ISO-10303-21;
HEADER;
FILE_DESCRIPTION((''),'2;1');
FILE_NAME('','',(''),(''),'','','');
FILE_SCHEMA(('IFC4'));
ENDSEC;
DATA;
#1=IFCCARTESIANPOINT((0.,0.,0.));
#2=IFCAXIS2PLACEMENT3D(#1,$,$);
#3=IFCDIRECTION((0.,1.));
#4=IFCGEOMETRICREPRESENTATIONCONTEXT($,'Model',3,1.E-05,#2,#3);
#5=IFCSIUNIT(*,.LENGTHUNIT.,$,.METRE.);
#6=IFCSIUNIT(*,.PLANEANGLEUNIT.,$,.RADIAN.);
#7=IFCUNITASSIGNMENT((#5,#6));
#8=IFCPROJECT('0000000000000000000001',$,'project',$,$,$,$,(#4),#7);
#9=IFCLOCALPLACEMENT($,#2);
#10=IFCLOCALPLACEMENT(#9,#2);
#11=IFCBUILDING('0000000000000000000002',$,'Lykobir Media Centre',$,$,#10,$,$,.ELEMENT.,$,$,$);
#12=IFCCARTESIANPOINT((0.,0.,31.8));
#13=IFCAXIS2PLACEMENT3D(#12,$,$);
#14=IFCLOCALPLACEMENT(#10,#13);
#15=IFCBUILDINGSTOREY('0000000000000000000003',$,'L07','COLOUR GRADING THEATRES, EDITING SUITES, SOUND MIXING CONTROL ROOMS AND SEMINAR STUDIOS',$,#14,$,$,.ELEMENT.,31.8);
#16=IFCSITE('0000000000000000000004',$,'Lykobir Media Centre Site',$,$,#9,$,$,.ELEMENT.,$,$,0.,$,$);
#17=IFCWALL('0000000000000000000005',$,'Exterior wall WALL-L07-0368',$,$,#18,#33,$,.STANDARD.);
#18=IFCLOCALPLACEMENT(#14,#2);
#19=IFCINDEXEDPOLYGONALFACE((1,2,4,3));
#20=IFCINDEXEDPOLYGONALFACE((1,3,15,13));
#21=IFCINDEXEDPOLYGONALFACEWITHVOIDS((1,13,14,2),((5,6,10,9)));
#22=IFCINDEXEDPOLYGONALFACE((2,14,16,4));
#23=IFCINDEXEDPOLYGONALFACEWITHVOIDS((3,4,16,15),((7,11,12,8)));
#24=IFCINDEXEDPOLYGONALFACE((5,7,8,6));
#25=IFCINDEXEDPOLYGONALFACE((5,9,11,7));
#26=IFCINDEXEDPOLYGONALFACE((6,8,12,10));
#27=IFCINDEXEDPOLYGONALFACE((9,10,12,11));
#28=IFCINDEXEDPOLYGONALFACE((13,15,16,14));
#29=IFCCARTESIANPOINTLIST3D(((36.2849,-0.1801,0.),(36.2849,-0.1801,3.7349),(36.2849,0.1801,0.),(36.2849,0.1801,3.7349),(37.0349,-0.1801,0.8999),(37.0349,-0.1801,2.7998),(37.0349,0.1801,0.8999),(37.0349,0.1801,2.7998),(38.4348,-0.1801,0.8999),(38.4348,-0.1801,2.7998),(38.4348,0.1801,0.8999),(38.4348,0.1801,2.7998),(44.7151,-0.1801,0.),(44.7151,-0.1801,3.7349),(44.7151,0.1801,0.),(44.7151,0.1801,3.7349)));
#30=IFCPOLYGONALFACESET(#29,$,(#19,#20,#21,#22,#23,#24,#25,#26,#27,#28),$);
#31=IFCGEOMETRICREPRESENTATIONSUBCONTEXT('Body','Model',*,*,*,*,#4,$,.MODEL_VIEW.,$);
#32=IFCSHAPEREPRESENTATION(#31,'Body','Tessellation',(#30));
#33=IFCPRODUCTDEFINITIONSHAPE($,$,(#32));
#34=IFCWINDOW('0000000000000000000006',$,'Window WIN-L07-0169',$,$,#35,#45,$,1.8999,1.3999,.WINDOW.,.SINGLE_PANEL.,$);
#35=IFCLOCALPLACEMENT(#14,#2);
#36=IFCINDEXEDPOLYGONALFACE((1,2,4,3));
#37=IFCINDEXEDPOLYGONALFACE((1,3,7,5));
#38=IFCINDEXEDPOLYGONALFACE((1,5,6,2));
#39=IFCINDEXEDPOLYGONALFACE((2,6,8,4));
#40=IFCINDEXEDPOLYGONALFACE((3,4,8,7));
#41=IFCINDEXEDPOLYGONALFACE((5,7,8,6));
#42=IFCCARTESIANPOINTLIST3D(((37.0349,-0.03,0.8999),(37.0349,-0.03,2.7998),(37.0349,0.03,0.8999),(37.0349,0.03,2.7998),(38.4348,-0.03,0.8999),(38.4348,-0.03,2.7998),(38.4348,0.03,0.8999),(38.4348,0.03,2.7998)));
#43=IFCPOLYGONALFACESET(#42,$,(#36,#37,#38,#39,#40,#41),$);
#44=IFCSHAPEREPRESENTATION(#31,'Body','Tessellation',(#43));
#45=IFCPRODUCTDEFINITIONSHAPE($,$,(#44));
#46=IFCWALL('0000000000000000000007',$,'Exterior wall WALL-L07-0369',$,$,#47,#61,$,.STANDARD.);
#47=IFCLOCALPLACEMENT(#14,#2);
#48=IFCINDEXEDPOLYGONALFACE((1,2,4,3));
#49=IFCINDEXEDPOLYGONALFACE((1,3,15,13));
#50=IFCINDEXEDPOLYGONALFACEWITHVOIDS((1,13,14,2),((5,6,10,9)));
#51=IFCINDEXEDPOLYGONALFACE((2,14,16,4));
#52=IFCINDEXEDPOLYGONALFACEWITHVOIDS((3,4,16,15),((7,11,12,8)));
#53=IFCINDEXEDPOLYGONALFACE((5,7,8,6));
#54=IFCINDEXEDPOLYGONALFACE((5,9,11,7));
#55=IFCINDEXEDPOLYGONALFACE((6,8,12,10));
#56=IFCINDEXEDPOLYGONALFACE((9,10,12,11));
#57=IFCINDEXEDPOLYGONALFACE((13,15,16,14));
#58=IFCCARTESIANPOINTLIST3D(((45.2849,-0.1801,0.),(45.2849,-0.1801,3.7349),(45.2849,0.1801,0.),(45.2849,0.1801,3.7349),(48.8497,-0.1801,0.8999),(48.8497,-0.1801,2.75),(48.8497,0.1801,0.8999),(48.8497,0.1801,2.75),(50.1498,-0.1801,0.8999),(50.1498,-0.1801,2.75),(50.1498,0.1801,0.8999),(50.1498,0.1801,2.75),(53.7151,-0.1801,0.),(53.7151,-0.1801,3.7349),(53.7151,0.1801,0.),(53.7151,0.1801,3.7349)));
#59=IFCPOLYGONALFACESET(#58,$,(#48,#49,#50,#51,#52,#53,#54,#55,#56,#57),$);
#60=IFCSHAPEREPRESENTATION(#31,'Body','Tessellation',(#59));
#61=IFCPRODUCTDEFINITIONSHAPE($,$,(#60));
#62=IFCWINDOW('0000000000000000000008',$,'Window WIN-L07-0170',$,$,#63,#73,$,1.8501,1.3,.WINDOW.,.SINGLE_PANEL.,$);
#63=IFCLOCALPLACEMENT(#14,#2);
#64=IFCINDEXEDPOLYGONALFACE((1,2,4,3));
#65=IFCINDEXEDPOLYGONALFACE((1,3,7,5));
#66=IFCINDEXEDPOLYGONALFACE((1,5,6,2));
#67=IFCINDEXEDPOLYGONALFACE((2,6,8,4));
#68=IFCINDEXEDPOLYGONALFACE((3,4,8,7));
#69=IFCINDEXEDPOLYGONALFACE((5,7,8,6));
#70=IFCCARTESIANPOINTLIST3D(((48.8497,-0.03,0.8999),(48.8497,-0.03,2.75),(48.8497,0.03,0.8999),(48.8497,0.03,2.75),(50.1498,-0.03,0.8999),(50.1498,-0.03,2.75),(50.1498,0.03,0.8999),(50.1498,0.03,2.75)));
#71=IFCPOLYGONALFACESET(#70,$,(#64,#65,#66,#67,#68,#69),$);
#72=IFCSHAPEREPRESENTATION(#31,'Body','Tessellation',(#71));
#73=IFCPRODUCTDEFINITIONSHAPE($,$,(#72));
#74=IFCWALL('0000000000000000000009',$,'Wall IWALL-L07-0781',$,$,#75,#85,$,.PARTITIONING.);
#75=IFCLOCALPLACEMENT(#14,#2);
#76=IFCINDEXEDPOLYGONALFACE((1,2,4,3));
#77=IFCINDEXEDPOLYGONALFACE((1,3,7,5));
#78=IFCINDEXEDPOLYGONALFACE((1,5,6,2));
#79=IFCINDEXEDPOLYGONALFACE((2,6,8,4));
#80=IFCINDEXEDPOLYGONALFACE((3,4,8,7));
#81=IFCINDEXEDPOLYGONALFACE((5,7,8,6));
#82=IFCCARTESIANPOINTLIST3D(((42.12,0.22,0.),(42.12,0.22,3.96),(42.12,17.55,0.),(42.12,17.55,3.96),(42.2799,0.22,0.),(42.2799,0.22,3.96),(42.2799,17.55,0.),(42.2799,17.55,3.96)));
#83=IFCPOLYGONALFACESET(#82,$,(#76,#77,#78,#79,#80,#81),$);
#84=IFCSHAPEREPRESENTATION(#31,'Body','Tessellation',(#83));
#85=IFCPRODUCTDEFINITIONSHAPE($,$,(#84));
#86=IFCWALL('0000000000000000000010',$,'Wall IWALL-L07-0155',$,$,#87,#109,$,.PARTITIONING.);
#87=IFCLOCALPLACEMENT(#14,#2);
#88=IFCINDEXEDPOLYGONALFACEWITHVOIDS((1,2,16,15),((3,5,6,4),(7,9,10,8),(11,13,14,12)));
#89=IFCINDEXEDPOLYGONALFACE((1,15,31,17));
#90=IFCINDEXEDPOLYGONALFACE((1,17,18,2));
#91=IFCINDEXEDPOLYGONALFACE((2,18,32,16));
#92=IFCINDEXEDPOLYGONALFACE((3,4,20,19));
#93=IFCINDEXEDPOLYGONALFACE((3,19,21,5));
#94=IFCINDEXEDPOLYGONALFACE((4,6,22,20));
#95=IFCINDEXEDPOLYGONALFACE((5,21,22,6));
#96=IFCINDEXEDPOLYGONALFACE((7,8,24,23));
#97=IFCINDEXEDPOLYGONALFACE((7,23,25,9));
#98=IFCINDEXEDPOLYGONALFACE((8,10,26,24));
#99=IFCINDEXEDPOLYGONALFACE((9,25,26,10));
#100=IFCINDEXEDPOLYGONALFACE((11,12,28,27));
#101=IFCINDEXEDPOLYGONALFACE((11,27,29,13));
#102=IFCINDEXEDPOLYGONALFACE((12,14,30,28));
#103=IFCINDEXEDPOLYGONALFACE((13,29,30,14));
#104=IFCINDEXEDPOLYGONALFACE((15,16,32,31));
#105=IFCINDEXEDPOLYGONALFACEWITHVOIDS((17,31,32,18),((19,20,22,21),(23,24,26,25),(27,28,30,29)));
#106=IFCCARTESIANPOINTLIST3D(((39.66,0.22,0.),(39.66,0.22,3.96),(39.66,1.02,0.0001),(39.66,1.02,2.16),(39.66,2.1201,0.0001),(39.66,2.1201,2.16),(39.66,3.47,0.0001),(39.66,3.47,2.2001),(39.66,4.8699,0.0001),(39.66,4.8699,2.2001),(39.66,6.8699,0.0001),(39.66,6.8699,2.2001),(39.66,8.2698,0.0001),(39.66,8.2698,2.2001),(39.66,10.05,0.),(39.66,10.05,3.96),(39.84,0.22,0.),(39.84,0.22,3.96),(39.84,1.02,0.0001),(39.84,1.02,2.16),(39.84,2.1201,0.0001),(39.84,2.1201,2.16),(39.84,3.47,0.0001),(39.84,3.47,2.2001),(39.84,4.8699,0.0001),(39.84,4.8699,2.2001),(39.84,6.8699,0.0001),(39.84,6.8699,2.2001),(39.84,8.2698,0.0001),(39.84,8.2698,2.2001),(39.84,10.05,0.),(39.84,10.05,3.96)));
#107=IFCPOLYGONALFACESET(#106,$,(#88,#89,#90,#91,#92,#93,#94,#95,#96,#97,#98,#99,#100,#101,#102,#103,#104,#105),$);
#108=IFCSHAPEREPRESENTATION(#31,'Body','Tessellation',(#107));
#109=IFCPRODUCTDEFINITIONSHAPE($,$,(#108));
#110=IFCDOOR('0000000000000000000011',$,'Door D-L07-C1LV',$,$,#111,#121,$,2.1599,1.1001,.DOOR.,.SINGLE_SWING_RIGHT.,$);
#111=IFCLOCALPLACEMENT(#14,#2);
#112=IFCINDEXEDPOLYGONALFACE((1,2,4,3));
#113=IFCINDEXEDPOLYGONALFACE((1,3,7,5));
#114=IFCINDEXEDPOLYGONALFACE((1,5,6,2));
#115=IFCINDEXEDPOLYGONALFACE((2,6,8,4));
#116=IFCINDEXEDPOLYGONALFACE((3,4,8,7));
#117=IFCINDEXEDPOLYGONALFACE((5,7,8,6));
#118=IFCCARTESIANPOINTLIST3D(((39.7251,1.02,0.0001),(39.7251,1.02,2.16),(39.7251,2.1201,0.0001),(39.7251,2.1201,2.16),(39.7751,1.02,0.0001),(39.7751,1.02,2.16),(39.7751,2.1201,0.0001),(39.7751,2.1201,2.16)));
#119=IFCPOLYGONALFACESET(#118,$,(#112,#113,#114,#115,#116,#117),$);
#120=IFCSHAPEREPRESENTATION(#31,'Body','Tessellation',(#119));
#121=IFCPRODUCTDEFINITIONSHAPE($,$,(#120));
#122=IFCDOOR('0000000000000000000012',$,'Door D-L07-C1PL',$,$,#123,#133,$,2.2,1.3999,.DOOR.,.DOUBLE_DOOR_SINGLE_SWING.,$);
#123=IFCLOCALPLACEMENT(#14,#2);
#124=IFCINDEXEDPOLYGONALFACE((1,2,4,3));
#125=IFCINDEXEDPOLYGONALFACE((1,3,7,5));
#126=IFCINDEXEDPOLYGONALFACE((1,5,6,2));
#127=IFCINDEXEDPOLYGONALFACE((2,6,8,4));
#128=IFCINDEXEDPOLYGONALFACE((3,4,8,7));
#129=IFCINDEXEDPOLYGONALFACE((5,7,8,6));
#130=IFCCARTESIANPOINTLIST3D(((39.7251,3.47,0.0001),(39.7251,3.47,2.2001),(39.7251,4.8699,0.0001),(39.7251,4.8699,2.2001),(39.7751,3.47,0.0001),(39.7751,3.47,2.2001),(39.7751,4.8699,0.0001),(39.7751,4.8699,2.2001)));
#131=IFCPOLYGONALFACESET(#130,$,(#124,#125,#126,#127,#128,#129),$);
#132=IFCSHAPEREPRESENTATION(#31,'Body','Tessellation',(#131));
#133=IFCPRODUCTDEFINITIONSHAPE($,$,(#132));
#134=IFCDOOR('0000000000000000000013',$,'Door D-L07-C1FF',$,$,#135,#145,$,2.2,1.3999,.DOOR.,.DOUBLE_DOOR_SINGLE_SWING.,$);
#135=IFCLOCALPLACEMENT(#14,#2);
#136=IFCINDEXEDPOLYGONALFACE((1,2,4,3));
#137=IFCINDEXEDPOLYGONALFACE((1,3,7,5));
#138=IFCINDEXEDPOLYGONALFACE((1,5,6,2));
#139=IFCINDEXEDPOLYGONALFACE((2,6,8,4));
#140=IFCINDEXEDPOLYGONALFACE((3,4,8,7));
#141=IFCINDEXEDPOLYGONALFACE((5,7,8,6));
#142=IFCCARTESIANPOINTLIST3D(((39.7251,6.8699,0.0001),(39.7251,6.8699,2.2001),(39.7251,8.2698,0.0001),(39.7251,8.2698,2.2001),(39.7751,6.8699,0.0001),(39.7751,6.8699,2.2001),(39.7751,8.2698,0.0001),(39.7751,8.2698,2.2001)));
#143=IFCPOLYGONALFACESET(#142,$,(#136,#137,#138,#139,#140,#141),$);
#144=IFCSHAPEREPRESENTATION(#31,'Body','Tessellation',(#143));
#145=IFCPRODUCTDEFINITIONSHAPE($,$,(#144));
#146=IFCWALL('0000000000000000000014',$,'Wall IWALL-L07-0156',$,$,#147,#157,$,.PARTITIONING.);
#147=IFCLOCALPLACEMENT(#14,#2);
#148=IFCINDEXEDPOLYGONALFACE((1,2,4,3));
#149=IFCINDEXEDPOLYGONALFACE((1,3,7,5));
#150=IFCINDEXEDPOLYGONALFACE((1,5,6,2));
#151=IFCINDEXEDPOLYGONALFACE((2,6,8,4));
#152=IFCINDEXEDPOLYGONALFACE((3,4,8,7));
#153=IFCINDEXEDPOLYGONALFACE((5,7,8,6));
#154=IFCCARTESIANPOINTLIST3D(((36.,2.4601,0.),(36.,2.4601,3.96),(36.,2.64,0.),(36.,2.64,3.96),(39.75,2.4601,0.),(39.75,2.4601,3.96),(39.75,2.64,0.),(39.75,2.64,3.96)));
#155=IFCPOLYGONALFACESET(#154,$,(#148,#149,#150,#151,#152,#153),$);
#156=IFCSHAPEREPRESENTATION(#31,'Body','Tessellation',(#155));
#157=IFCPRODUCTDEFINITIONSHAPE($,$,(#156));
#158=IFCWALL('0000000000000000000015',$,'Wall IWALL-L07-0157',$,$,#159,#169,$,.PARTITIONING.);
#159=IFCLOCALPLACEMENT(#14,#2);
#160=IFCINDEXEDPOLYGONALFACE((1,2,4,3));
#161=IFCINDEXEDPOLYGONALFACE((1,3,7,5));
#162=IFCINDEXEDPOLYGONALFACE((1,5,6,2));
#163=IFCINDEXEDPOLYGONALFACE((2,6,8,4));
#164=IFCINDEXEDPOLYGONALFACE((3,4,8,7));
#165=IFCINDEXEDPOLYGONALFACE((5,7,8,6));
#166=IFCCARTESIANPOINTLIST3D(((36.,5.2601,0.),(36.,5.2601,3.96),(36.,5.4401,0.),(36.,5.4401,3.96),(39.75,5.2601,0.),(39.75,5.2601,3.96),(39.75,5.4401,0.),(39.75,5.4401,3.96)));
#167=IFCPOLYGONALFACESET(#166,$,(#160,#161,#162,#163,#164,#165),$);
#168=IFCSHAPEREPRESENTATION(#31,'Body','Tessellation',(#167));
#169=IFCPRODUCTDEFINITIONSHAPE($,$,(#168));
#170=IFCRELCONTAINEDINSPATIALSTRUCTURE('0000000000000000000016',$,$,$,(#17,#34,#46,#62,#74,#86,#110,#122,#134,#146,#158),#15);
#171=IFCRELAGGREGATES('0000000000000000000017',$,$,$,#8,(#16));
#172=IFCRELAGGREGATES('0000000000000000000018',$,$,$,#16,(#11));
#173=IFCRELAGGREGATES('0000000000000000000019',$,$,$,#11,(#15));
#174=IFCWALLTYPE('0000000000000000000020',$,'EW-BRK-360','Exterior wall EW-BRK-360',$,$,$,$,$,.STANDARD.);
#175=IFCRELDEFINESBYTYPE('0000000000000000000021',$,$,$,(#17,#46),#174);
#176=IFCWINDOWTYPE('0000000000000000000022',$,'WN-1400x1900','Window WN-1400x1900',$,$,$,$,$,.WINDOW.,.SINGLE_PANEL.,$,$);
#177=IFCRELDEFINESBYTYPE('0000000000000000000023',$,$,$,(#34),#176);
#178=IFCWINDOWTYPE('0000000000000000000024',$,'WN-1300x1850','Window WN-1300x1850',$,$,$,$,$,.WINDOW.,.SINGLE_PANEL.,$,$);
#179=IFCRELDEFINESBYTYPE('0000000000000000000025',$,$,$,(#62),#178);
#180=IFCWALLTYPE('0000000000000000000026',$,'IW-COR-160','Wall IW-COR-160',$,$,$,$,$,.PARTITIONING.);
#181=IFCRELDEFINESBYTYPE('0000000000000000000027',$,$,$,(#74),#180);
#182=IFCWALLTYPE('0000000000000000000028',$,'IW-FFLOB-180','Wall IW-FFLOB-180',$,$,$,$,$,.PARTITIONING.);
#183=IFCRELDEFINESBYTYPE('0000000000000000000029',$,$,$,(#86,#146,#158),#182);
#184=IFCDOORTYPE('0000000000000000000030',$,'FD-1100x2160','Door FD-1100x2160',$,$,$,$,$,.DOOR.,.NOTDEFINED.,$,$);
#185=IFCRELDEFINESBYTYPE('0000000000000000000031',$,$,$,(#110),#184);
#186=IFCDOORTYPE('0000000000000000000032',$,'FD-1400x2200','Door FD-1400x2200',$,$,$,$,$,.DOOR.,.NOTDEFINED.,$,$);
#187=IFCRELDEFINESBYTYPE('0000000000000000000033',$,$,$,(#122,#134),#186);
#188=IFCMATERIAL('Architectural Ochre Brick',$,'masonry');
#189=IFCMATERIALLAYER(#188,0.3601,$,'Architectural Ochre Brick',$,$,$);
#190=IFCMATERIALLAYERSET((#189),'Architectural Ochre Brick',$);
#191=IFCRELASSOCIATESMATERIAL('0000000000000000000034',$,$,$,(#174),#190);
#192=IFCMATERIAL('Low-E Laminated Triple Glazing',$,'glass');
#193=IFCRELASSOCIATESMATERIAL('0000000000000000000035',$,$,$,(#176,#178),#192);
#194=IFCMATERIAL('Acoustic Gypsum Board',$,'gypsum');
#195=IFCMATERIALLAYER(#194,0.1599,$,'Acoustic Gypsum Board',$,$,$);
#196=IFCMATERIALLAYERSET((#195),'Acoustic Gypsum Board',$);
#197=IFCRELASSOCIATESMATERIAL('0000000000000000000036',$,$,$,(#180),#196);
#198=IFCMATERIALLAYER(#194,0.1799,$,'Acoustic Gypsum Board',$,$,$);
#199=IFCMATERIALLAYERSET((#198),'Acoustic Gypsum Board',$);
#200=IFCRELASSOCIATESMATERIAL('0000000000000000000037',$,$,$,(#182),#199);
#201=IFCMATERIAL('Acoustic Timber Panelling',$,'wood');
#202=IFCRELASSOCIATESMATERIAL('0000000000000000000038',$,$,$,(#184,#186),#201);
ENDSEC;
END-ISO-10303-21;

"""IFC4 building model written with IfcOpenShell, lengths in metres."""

from ifc_helpers import new_model, si_unit, direction, frame, frame_2d, origin, place, context, subcontext, project, spatial, rectangle, extrude, material, layer, layer_set, type_object, element, fill, save


model = new_model("IFC4")

# Units and contexts
model_context = context("Model", 3, precision=1e-05, world=origin(), true_north=direction((0.0, 1.0)))
body_context = subcontext(model_context, "Body", "Model", "MODEL_VIEW")
ifc_project = project(units=[si_unit("LENGTHUNIT", "METRE"), si_unit("PLANEANGLEUNIT", "RADIAN")], contexts=[model_context])

# Site, building, storey
site_placement = place(None, origin())
site = spatial("IfcSite", under=ifc_project, at=site_placement, Name="Lykobir Media Centre Site", CompositionType="ELEMENT", RefElevation=0.0)
building_placement = place(site_placement, origin())
building = spatial("IfcBuilding", under=site, at=building_placement, Name="Lykobir Media Centre", CompositionType="ELEMENT")
storey_placement = place(building_placement, frame((0.0, 0.0, 31.8)))
storey = spatial("IfcBuildingStorey", under=building, at=storey_placement, Name="L07", Description="COLOUR GRADING THEATRES, EDITING SUITES, SOUND MIXING CONTROL ROOMS AND SEMINAR STUDIOS", CompositionType="ELEMENT", Elevation=31.8)

# Walls, openings, windows
ifc_material_1 = material(Name="Architectural Ochre Brick", Category="masonry")
ifc_layer_1 = layer(ifc_material_1, 0.3601, Name="Architectural Ochre Brick")
ifc_layer_set_1 = layer_set([ifc_layer_1], Name="Architectural Ochre Brick")
wall_type_1 = type_object("IfcWallType", Name="EW-BRK-360", Description="Exterior wall EW-BRK-360", PredefinedType="STANDARD", material=ifc_layer_set_1)
wall_1_placement = place(storey_placement, frame((36.2849, 0.0, 0.0), z_axis=(0.0, 0.0, 1.0), x_axis=(1.0, 0.0, 0.0)))
wall_1 = element("IfcWall", 1, at=wall_1_placement, inside=storey, type_object=wall_type_1, Name="Exterior wall WALL-L07-0368", PredefinedType="STANDARD", context=body_context, shape_type="SweptSolid", body=[
    extrude(rectangle(XDim=8.4302, YDim=0.3601, at=frame_2d((4.2151, 0.0))), origin(), (0.0, 0.0, 1.0), 3.7349),
])
opening_1_placement = place(wall_1_placement, frame((0.75, 0.0, 0.8999)))
opening_1 = element("IfcOpeningElement", 2, at=opening_1_placement, cuts=wall_1, PredefinedType="OPENING", context=body_context, shape_type="SweptSolid", body=[
    extrude(rectangle(XDim=1.3999, YDim=1.8999, at=frame_2d((0.7, 0.95))), frame((0.0, 0.1899, 0.0), z_axis=(0.0, -1.0, 0.0), x_axis=(1.0, 0.0, 0.0)), (0.0, 0.0, 1.0), 0.3801),
])
ifc_material_2 = material(Name="Low-E Laminated Triple Glazing", Category="glass")
window_type_1 = type_object("IfcWindowType", Name="WN-1400x1900", Description="Window WN-1400x1900", PartitioningType="SINGLE_PANEL", PredefinedType="WINDOW", material=ifc_material_2)
window_1_placement = place(opening_1_placement, origin())
window_1 = element("IfcWindow", 3, at=window_1_placement, inside=storey, type_object=window_type_1, Name="Window WIN-L07-0169", OverallHeight=1.8999, OverallWidth=1.3999, PartitioningType="SINGLE_PANEL", PredefinedType="WINDOW", context=body_context, shape_type="SweptSolid", body=[
    extrude(rectangle(XDim=1.3999, YDim=1.8999, at=frame_2d((0.7, 0.95))), frame((0.0, 0.03, 0.0), z_axis=(0.0, -1.0, 0.0), x_axis=(1.0, 0.0, 0.0)), (0.0, 0.0, 1.0), 0.0601),
])
fill(opening_1, window_1)
wall_2_placement = place(storey_placement, frame((45.2849, 0.0, 0.0), z_axis=(0.0, 0.0, 1.0), x_axis=(1.0, 0.0, 0.0)))
wall_2 = element("IfcWall", 4, at=wall_2_placement, inside=storey, type_object=wall_type_1, Name="Exterior wall WALL-L07-0369", PredefinedType="STANDARD", context=body_context, shape_type="SweptSolid", body=[
    extrude(rectangle(XDim=8.4302, YDim=0.3601, at=frame_2d((4.2151, 0.0))), origin(), (0.0, 0.0, 1.0), 3.7349),
])
opening_2_placement = place(wall_2_placement, frame((3.5649, 0.0, 0.8999)))
opening_2 = element("IfcOpeningElement", 5, at=opening_2_placement, cuts=wall_2, PredefinedType="OPENING", context=body_context, shape_type="SweptSolid", body=[
    extrude(rectangle(XDim=1.3, YDim=1.8501, at=frame_2d((0.6499, 0.925))), frame((0.0, 0.1899, 0.0), z_axis=(0.0, -1.0, 0.0), x_axis=(1.0, 0.0, 0.0)), (0.0, 0.0, 1.0), 0.3801),
])
window_type_2 = type_object("IfcWindowType", Name="WN-1300x1850", Description="Window WN-1300x1850", PartitioningType="SINGLE_PANEL", PredefinedType="WINDOW", material=ifc_material_2)
window_2_placement = place(opening_2_placement, origin())
window_2 = element("IfcWindow", 6, at=window_2_placement, inside=storey, type_object=window_type_2, Name="Window WIN-L07-0170", OverallHeight=1.8501, OverallWidth=1.3, PartitioningType="SINGLE_PANEL", PredefinedType="WINDOW", context=body_context, shape_type="SweptSolid", body=[
    extrude(rectangle(XDim=1.3, YDim=1.8501, at=frame_2d((0.6499, 0.925))), frame((0.0, 0.03, 0.0), z_axis=(0.0, -1.0, 0.0), x_axis=(1.0, 0.0, 0.0)), (0.0, 0.0, 1.0), 0.0601),
])
fill(opening_2, window_2)

# Wall
ifc_material_3 = material(Name="Acoustic Gypsum Board", Category="gypsum")
ifc_layer_2 = layer(ifc_material_3, 0.1599, Name="Acoustic Gypsum Board")
ifc_layer_set_2 = layer_set([ifc_layer_2], Name="Acoustic Gypsum Board")
wall_type_2 = type_object("IfcWallType", Name="IW-COR-160", Description="Wall IW-COR-160", PredefinedType="PARTITIONING", material=ifc_layer_set_2)
wall_3_placement = place(storey_placement, frame((42.2, 0.22, 0.0), z_axis=(0.0, 0.0, 1.0), x_axis=(0.0, 1.0, 0.0)))
element("IfcWall", 7, at=wall_3_placement, inside=storey, type_object=wall_type_2, Name="Wall IWALL-L07-0781", PredefinedType="PARTITIONING", context=body_context, shape_type="SweptSolid", body=[
    extrude(rectangle(XDim=17.3301, YDim=0.1599, at=frame_2d((8.665, 0.0))), origin(), (0.0, 0.0, 1.0), 3.96),
])

# Wall, openings, doors
ifc_layer_3 = layer(ifc_material_3, 0.1799, Name="Acoustic Gypsum Board")
ifc_layer_set_3 = layer_set([ifc_layer_3], Name="Acoustic Gypsum Board")
wall_type_3 = type_object("IfcWallType", Name="IW-FFLOB-180", Description="Wall IW-FFLOB-180", PredefinedType="PARTITIONING", material=ifc_layer_set_3)
wall_4_placement = place(storey_placement, frame((39.75, 0.22, 0.0), z_axis=(0.0, 0.0, 1.0), x_axis=(0.0, 1.0, 0.0)))
wall_4 = element("IfcWall", 8, at=wall_4_placement, inside=storey, type_object=wall_type_3, Name="Wall IWALL-L07-0155", PredefinedType="PARTITIONING", context=body_context, shape_type="SweptSolid", body=[
    extrude(rectangle(XDim=9.8301, YDim=0.1799, at=frame_2d((4.915, 0.0))), origin(), (0.0, 0.0, 1.0), 3.96),
])
opening_3_placement = place(wall_4_placement, frame((0.8, 0.0, 0.0)))
opening_3 = element("IfcOpeningElement", 9, at=opening_3_placement, cuts=wall_4, PredefinedType="OPENING", context=body_context, shape_type="SweptSolid", body=[
    extrude(rectangle(XDim=1.1001, YDim=2.1599, at=frame_2d((0.55, 1.0801))), frame((0.0, 0.0999, 0.0), z_axis=(0.0, -1.0, 0.0), x_axis=(1.0, 0.0, 0.0)), (0.0, 0.0, 1.0), 0.2),
])
opening_4_placement = place(wall_4_placement, frame((3.25, 0.0, 0.0)))
opening_4 = element("IfcOpeningElement", 10, at=opening_4_placement, cuts=wall_4, PredefinedType="OPENING", context=body_context, shape_type="SweptSolid", body=[
    extrude(rectangle(XDim=1.3999, YDim=2.2, at=frame_2d((0.7, 1.1001))), frame((0.0, 0.0999, 0.0), z_axis=(0.0, -1.0, 0.0), x_axis=(1.0, 0.0, 0.0)), (0.0, 0.0, 1.0), 0.2),
])
opening_5_placement = place(wall_4_placement, frame((6.6499, 0.0, 0.0)))
opening_5 = element("IfcOpeningElement", 11, at=opening_5_placement, cuts=wall_4, PredefinedType="OPENING", context=body_context, shape_type="SweptSolid", body=[
    extrude(rectangle(XDim=1.3999, YDim=2.2, at=frame_2d((0.7, 1.1001))), frame((0.0, 0.0999, 0.0), z_axis=(0.0, -1.0, 0.0), x_axis=(1.0, 0.0, 0.0)), (0.0, 0.0, 1.0), 0.2),
])
ifc_material_4 = material(Name="Acoustic Timber Panelling", Category="wood")
door_type_1 = type_object("IfcDoorType", Name="FD-1100x2160", Description="Door FD-1100x2160", OperationType="NOTDEFINED", PredefinedType="DOOR", material=ifc_material_4)
door_1_placement = place(opening_3_placement, origin())
door_1 = element("IfcDoor", 12, at=door_1_placement, inside=storey, type_object=door_type_1, Name="Door D-L07-C1LV", OperationType="SINGLE_SWING_RIGHT", OverallHeight=2.1599, OverallWidth=1.1001, PredefinedType="DOOR", context=body_context, shape_type="SweptSolid", body=[
    extrude(rectangle(XDim=1.1001, YDim=2.1599, at=frame_2d((0.55, 1.0801))), frame((0.0, 0.0249, 0.0), z_axis=(0.0, -1.0, 0.0), x_axis=(1.0, 0.0, 0.0)), (0.0, 0.0, 1.0), 0.05),
])
fill(opening_3, door_1)
door_type_2 = type_object("IfcDoorType", Name="FD-1400x2200", Description="Door FD-1400x2200", OperationType="NOTDEFINED", PredefinedType="DOOR", material=ifc_material_4)
door_2_placement = place(opening_4_placement, origin())
door_2 = element("IfcDoor", 13, at=door_2_placement, inside=storey, type_object=door_type_2, Name="Door D-L07-C1PL", OperationType="DOUBLE_DOOR_SINGLE_SWING", OverallHeight=2.2, OverallWidth=1.3999, PredefinedType="DOOR", context=body_context, shape_type="SweptSolid", body=[
    extrude(rectangle(XDim=1.3999, YDim=2.2, at=frame_2d((0.7, 1.1001))), frame((0.0, 0.0249, 0.0), z_axis=(0.0, -1.0, 0.0), x_axis=(1.0, 0.0, 0.0)), (0.0, 0.0, 1.0), 0.05),
])
fill(opening_4, door_2)
door_3_placement = place(opening_5_placement, origin())
door_3 = element("IfcDoor", 14, at=door_3_placement, inside=storey, type_object=door_type_2, Name="Door D-L07-C1FF", OperationType="DOUBLE_DOOR_SINGLE_SWING", OverallHeight=2.2, OverallWidth=1.3999, PredefinedType="DOOR", context=body_context, shape_type="SweptSolid", body=[
    extrude(rectangle(XDim=1.3999, YDim=2.2, at=frame_2d((0.7, 1.1001))), frame((0.0, 0.0249, 0.0), z_axis=(0.0, -1.0, 0.0), x_axis=(1.0, 0.0, 0.0)), (0.0, 0.0, 1.0), 0.05),
])
fill(opening_5, door_3)

# Walls
for number, where, z_axis, x_axis, name in (
    (15, (36.0, 2.55, 0.0), (0.0, 0.0, 1.0), (1.0, 0.0, 0.0), "Wall IWALL-L07-0156"),
    (16, (36.0, 5.3501, 0.0), (0.0, 0.0, 1.0), (1.0, 0.0, 0.0), "Wall IWALL-L07-0157"),
):
    element("IfcWall", number, at=place(storey_placement, frame(where, z_axis=z_axis, x_axis=x_axis)), inside=storey, type_object=wall_type_3, Name=name, PredefinedType="PARTITIONING", context=body_context, shape_type="SweptSolid", body=[
        extrude(rectangle(XDim=3.75, YDim=0.1799, at=frame_2d((1.875, 0.0))), origin(), (0.0, 0.0, 1.0), 3.96),
    ])

save(model, "model.ifc")
